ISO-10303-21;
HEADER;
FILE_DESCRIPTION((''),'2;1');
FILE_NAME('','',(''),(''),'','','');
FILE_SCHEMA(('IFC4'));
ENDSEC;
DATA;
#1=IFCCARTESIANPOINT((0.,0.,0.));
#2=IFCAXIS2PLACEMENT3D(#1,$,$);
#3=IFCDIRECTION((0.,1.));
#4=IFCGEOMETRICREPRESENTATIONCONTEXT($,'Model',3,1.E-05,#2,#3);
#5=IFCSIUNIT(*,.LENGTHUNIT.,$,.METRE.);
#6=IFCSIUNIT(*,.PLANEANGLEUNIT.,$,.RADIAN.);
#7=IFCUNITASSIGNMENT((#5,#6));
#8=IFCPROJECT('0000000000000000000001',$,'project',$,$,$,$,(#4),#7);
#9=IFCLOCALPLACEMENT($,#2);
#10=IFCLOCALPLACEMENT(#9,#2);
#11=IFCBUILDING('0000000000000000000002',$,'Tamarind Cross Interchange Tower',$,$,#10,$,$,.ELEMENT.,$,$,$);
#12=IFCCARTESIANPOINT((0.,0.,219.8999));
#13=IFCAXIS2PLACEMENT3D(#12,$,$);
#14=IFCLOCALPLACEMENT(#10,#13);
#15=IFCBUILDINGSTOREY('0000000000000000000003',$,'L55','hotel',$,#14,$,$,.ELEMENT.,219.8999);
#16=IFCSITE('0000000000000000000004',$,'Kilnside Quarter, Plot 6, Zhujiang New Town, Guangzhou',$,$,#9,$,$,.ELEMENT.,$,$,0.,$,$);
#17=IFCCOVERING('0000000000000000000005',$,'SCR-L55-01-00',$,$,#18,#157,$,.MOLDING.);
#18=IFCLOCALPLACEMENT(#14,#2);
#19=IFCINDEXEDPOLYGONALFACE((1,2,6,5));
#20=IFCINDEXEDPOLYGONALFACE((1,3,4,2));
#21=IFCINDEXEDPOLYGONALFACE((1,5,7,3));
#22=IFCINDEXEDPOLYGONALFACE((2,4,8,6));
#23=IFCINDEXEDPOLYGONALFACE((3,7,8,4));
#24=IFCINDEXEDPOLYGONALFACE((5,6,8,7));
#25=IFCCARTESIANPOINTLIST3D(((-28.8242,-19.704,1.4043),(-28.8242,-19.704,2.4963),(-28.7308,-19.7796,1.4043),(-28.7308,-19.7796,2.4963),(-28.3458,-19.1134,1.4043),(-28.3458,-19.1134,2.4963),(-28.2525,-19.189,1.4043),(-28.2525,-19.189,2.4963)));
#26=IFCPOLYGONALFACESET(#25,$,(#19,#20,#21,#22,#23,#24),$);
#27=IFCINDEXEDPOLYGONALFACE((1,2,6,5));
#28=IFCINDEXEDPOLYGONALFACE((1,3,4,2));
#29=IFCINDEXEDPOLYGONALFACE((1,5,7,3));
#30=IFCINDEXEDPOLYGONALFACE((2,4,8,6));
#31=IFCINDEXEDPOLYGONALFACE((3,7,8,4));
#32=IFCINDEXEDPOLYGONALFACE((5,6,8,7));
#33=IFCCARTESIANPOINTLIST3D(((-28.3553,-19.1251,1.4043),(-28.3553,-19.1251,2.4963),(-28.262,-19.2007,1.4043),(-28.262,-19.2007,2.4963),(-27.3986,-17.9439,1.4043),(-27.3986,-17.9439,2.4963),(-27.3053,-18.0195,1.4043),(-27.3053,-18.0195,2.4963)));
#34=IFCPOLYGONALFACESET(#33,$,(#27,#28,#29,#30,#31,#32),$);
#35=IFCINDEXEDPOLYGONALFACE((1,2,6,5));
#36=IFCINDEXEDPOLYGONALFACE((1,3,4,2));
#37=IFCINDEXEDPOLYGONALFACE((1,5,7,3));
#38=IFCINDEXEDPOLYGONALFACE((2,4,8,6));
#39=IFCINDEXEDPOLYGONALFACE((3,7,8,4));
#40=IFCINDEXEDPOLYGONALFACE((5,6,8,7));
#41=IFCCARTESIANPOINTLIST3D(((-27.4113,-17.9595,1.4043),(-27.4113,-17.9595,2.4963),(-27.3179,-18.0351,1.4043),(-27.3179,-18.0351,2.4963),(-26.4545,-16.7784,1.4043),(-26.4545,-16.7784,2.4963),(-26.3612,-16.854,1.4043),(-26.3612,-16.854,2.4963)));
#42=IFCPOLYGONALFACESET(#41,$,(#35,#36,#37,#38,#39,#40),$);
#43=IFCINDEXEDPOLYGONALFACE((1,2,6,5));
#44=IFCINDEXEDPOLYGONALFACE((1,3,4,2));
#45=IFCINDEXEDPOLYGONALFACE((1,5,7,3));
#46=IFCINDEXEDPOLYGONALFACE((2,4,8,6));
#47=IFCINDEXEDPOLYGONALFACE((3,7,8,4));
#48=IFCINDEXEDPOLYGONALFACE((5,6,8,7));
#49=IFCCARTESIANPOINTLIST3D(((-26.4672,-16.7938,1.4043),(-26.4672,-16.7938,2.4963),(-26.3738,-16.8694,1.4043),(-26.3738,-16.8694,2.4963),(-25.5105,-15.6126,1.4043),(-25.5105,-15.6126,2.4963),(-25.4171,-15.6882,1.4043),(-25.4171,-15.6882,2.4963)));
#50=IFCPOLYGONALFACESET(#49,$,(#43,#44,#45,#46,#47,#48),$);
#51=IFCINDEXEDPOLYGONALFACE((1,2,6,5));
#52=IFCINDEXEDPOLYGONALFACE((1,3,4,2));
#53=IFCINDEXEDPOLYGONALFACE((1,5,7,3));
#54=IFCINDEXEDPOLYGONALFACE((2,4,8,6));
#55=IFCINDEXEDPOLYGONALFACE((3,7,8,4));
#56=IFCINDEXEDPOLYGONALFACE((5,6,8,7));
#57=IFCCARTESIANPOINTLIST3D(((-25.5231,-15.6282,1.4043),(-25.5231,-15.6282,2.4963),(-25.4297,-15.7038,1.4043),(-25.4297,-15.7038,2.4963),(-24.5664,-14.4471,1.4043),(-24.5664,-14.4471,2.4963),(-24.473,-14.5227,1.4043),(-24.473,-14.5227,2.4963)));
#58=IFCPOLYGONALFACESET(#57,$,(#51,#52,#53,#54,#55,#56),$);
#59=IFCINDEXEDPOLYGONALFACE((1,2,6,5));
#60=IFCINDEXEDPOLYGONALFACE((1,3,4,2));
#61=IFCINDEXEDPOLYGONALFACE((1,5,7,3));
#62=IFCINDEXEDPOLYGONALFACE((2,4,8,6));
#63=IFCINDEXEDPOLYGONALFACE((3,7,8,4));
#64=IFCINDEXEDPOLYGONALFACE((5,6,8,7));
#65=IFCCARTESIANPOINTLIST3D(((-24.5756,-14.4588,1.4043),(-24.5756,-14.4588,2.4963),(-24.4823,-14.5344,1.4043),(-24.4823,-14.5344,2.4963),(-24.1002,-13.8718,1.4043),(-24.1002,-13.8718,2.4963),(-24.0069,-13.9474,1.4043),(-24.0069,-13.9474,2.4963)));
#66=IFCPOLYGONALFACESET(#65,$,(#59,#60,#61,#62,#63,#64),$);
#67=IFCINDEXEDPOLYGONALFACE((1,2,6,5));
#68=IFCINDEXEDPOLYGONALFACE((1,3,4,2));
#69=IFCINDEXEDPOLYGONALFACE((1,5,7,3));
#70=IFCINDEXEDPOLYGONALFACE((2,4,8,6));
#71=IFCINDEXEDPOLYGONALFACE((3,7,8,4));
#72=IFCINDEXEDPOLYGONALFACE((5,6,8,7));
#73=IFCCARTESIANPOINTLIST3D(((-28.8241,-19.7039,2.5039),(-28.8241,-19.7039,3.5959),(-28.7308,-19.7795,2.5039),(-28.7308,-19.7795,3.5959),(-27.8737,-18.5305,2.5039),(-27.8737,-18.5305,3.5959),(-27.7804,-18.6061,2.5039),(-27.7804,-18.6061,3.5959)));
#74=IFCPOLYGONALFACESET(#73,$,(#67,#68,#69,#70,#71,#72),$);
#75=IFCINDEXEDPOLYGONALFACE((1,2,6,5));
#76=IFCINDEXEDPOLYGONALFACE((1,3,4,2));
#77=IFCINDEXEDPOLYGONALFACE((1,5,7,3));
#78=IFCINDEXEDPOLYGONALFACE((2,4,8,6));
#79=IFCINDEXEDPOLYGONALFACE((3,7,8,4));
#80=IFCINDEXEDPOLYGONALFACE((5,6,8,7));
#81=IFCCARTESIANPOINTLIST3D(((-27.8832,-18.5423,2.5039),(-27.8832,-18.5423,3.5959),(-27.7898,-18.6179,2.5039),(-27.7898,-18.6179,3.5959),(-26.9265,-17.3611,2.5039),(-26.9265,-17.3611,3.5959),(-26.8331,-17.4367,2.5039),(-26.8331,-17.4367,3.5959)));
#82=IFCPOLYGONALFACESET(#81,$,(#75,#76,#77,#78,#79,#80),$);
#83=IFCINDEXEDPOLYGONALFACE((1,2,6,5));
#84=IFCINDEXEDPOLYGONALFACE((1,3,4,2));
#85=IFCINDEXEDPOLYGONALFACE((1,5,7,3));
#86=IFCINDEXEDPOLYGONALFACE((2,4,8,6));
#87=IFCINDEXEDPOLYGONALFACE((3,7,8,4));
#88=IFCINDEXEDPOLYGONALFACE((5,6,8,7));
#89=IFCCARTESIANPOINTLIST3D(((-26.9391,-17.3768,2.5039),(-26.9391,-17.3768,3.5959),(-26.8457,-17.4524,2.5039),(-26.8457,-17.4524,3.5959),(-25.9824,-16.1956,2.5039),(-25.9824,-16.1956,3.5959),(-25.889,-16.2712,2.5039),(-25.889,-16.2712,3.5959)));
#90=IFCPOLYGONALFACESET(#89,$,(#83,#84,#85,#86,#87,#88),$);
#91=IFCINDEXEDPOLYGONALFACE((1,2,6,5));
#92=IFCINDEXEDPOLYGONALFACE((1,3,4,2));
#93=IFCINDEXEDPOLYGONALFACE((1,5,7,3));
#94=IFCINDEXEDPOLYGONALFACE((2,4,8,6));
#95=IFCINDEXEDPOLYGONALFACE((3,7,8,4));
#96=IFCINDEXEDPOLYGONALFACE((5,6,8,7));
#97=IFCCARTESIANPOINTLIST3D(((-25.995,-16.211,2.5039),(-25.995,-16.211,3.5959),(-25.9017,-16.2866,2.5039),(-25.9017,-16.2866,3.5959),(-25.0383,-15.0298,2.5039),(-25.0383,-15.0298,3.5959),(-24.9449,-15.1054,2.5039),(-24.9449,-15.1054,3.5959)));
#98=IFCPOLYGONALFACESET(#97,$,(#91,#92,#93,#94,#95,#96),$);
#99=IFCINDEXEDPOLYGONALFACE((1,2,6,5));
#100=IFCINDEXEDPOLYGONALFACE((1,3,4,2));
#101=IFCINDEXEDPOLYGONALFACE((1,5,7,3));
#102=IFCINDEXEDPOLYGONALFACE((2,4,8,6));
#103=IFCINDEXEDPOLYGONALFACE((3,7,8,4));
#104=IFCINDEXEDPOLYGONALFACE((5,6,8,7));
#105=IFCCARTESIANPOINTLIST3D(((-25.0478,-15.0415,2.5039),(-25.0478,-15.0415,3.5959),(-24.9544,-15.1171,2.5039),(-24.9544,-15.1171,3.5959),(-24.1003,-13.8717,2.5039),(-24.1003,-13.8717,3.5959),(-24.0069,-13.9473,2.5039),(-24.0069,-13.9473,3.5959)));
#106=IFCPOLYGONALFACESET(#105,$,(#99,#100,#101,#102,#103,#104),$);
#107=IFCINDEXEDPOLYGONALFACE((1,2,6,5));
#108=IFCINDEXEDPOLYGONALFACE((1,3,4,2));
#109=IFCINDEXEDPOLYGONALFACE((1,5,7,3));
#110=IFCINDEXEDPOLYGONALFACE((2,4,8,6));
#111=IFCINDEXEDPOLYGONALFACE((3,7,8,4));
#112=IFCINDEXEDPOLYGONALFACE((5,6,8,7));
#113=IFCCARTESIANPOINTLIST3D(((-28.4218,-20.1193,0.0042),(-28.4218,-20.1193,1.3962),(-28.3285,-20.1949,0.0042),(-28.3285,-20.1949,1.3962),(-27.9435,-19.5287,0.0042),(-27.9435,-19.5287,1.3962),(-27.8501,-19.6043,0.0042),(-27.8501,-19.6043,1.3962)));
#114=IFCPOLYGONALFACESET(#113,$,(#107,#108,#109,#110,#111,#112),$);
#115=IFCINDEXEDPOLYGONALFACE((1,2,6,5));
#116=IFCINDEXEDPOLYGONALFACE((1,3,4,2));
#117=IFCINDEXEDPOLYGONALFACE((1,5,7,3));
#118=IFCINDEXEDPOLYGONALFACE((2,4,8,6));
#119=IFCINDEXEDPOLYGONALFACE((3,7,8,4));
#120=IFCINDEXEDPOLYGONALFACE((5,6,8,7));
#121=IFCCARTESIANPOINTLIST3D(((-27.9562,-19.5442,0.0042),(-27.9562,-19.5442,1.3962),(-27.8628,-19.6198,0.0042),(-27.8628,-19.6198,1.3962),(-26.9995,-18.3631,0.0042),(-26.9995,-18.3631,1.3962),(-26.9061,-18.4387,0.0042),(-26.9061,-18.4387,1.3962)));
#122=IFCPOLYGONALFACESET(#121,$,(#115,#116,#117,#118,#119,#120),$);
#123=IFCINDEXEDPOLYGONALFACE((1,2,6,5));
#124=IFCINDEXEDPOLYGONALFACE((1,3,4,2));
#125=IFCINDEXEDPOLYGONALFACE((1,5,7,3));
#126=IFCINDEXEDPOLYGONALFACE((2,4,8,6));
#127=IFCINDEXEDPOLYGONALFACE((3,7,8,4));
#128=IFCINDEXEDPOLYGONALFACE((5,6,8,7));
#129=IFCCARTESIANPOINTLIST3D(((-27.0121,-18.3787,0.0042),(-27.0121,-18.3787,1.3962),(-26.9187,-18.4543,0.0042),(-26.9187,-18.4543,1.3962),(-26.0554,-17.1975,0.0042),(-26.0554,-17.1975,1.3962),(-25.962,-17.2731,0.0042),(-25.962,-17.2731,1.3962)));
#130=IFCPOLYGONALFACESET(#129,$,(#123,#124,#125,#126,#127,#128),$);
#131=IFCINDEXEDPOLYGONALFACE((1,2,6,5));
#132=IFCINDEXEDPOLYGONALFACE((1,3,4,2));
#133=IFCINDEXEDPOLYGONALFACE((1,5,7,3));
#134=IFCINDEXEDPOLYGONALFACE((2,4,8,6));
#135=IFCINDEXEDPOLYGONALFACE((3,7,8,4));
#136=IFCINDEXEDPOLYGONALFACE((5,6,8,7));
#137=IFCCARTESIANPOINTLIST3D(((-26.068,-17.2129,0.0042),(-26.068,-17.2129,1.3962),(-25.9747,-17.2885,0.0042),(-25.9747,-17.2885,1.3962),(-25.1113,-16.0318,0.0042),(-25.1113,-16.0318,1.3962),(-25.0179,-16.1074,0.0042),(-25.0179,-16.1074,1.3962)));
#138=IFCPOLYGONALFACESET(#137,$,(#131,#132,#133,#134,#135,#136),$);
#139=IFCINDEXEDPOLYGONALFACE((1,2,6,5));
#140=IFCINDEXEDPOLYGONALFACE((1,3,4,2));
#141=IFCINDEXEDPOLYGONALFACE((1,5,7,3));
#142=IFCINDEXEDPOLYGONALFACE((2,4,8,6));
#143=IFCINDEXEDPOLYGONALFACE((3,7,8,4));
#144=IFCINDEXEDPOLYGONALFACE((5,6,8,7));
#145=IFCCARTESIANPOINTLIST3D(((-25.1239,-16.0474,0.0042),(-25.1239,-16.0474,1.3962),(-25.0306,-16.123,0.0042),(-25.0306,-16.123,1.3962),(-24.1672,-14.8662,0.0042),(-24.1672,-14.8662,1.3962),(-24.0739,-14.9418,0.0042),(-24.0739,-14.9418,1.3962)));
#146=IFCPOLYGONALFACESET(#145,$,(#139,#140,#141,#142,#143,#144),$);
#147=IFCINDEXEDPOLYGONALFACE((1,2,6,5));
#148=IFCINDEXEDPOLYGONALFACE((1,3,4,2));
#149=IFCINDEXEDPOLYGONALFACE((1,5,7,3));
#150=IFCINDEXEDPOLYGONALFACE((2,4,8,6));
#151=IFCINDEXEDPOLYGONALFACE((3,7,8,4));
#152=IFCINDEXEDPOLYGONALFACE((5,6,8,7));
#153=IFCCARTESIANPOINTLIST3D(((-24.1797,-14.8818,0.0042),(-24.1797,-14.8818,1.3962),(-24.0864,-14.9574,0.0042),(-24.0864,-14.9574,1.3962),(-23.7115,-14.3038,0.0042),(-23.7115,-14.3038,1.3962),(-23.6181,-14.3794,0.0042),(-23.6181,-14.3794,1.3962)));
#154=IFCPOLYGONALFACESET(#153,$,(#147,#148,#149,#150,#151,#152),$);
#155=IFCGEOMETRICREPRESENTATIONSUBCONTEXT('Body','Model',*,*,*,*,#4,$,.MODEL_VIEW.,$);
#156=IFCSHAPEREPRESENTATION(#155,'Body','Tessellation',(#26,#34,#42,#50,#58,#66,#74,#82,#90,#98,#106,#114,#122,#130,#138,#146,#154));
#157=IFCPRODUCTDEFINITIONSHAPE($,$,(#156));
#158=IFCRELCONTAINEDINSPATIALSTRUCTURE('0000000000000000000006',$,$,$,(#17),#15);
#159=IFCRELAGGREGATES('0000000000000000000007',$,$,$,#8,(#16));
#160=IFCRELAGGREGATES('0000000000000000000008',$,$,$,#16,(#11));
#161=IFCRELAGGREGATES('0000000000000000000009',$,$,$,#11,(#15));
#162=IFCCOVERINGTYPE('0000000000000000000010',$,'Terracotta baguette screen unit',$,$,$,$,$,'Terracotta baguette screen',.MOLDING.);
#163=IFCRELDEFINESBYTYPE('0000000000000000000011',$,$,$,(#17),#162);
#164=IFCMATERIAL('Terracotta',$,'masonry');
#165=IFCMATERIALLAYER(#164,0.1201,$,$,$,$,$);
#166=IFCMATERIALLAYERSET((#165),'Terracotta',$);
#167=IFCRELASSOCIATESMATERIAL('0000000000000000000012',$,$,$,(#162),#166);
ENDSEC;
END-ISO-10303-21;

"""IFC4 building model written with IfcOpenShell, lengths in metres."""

from ifc_helpers import new_model, si_unit, direction, frame, origin, origin_2d, place, context, subcontext, project, spatial, rectangle, extrude, material, layer, layer_set, type_object, element, save


model = new_model("IFC4")

# Units and contexts
model_context = context("Model", 3, precision=1e-05, world=origin(), true_north=direction((0.0, 1.0)))
body_context = subcontext(model_context, "Body", "Model", "MODEL_VIEW")
ifc_project = project(units=[si_unit("LENGTHUNIT", "METRE"), si_unit("PLANEANGLEUNIT", "RADIAN")], contexts=[model_context])

# Site, building, storey
site_placement = place(None, origin())
site = spatial("IfcSite", under=ifc_project, at=site_placement, Name="Kilnside Quarter, Plot 6, Zhujiang New Town, Guangzhou", CompositionType="ELEMENT", RefElevation=0.0)
building_placement = place(site_placement, origin())
building = spatial("IfcBuilding", under=site, at=building_placement, Name="Tamarind Cross Interchange Tower", CompositionType="ELEMENT")
storey_placement = place(building_placement, frame((0.0, 0.0, 219.8999)))
storey = spatial("IfcBuildingStorey", under=building, at=storey_placement, Name="L55", Description="hotel", CompositionType="ELEMENT", Elevation=219.8999)

# Covering
ifc_material_1 = material(Name="Terracotta", Category="masonry")
ifc_layer_1 = layer(ifc_material_1, 0.1201)
ifc_layer_set_1 = layer_set([ifc_layer_1], Name="Terracotta")
covering_type = type_object("IfcCoveringType", Name="Terracotta baguette screen unit", ElementType="Terracotta baguette screen", PredefinedType="MOLDING", material=ifc_layer_set_1)
covering_1_placement = place(storey_placement, origin())
element("IfcCovering", 1, at=covering_1_placement, inside=storey, type_object=covering_type, Name="SCR-L55-01-00", PredefinedType="MOLDING", context=body_context, shape_type="SweptSolid", body=[
    extrude(rectangle(XDim=0.76, YDim=0.1201, at=origin_2d()), frame((-28.5383, -19.4465, 1.4043), z_axis=(0.0, 0.0, 1.0), x_axis=(0.629406, 0.777077, 0.0)), (0.0, 0.0, 1.0), 1.092),
    extrude(rectangle(XDim=1.52, YDim=0.1201, at=origin_2d()), frame((-27.8303, -18.5723, 1.4043), z_axis=(0.0, 0.0, 1.0), x_axis=(0.629406, 0.777077, 0.0)), (0.0, 0.0, 1.0), 1.092),
    extrude(rectangle(XDim=1.52, YDim=0.1201, at=origin_2d()), frame((-26.8862, -17.4067, 1.4043), z_axis=(0.0, 0.0, 1.0), x_axis=(0.629406, 0.777077, 0.0)), (0.0, 0.0, 1.0), 1.092),
    extrude(rectangle(XDim=1.52, YDim=0.1201, at=origin_2d()), frame((-25.9421, -16.241, 1.4043), z_axis=(0.0, 0.0, 1.0), x_axis=(0.629406, 0.777077, 0.0)), (0.0, 0.0, 1.0), 1.092),
    extrude(rectangle(XDim=1.52, YDim=0.1201, at=origin_2d()), frame((-24.998, -15.0754, 1.4043), z_axis=(0.0, 0.0, 1.0), x_axis=(0.629406, 0.777077, 0.0)), (0.0, 0.0, 1.0), 1.092),
    extrude(rectangle(XDim=0.7554, YDim=0.1201, at=origin_2d()), frame((-24.2913, -14.2031, 1.4043), z_axis=(0.0, 0.0, 1.0), x_axis=(0.629406, 0.777077, 0.0)), (0.0, 0.0, 1.0), 1.092),
    extrude(rectangle(XDim=1.51, YDim=0.1201, at=origin_2d()), frame((-28.3022, -19.155, 2.5039), z_axis=(0.0, 0.0, 1.0), x_axis=(0.629406, 0.777077, 0.0)), (0.0, 0.0, 1.0), 1.092),
    extrude(rectangle(XDim=1.52, YDim=0.1201, at=origin_2d()), frame((-27.3582, -17.9895, 2.5039), z_axis=(0.0, 0.0, 1.0), x_axis=(0.629406, 0.777077, 0.0)), (0.0, 0.0, 1.0), 1.092),
    extrude(rectangle(XDim=1.52, YDim=0.1201, at=origin_2d()), frame((-26.4141, -16.824, 2.5039), z_axis=(0.0, 0.0, 1.0), x_axis=(0.629406, 0.777077, 0.0)), (0.0, 0.0, 1.0), 1.092),
    extrude(rectangle(XDim=1.52, YDim=0.1201, at=origin_2d()), frame((-25.47, -15.6582, 2.5039), z_axis=(0.0, 0.0, 1.0), x_axis=(0.629406, 0.777077, 0.0)), (0.0, 0.0, 1.0), 1.092),
    extrude(rectangle(XDim=1.5054, YDim=0.1201, at=origin_2d()), frame((-24.5273, -14.4944, 2.5039), z_axis=(0.0, 0.0, 1.0), x_axis=(0.629406, 0.777077, 0.0)), (0.0, 0.0, 1.0), 1.092),
    extrude(rectangle(XDim=0.76, YDim=0.1201, at=origin_2d()), frame((-28.136, -19.8618, 0.0042), z_axis=(0.0, 0.0, 1.0), x_axis=(0.629406, 0.777077, 0.0)), (0.0, 0.0, 1.0), 1.3921),
    extrude(rectangle(XDim=1.52, YDim=0.1201, at=origin_2d()), frame((-27.4312, -18.9915, 0.0042), z_axis=(0.0, 0.0, 1.0), x_axis=(0.629406, 0.777077, 0.0)), (0.0, 0.0, 1.0), 1.3921),
    extrude(rectangle(XDim=1.52, YDim=0.1201, at=origin_2d()), frame((-26.4871, -17.8259, 0.0042), z_axis=(0.0, 0.0, 1.0), x_axis=(0.629406, 0.777077, 0.0)), (0.0, 0.0, 1.0), 1.3921),
    extrude(rectangle(XDim=1.52, YDim=0.1201, at=origin_2d()), frame((-25.543, -16.6602, 0.0042), z_axis=(0.0, 0.0, 1.0), x_axis=(0.629406, 0.777077, 0.0)), (0.0, 0.0, 1.0), 1.3921),
    extrude(rectangle(XDim=1.52, YDim=0.1201, at=origin_2d()), frame((-24.5989, -15.4946, 0.0042), z_axis=(0.0, 0.0, 1.0), x_axis=(0.629406, 0.777077, 0.0)), (0.0, 0.0, 1.0), 1.3921),
    extrude(rectangle(XDim=0.7439, YDim=0.1201, at=origin_2d()), frame((-23.8989, -14.6306, 0.0042), z_axis=(0.0, 0.0, 1.0), x_axis=(0.629406, 0.777077, 0.0)), (0.0, 0.0, 1.0), 1.3921),
])

save(model, "model.ifc")
